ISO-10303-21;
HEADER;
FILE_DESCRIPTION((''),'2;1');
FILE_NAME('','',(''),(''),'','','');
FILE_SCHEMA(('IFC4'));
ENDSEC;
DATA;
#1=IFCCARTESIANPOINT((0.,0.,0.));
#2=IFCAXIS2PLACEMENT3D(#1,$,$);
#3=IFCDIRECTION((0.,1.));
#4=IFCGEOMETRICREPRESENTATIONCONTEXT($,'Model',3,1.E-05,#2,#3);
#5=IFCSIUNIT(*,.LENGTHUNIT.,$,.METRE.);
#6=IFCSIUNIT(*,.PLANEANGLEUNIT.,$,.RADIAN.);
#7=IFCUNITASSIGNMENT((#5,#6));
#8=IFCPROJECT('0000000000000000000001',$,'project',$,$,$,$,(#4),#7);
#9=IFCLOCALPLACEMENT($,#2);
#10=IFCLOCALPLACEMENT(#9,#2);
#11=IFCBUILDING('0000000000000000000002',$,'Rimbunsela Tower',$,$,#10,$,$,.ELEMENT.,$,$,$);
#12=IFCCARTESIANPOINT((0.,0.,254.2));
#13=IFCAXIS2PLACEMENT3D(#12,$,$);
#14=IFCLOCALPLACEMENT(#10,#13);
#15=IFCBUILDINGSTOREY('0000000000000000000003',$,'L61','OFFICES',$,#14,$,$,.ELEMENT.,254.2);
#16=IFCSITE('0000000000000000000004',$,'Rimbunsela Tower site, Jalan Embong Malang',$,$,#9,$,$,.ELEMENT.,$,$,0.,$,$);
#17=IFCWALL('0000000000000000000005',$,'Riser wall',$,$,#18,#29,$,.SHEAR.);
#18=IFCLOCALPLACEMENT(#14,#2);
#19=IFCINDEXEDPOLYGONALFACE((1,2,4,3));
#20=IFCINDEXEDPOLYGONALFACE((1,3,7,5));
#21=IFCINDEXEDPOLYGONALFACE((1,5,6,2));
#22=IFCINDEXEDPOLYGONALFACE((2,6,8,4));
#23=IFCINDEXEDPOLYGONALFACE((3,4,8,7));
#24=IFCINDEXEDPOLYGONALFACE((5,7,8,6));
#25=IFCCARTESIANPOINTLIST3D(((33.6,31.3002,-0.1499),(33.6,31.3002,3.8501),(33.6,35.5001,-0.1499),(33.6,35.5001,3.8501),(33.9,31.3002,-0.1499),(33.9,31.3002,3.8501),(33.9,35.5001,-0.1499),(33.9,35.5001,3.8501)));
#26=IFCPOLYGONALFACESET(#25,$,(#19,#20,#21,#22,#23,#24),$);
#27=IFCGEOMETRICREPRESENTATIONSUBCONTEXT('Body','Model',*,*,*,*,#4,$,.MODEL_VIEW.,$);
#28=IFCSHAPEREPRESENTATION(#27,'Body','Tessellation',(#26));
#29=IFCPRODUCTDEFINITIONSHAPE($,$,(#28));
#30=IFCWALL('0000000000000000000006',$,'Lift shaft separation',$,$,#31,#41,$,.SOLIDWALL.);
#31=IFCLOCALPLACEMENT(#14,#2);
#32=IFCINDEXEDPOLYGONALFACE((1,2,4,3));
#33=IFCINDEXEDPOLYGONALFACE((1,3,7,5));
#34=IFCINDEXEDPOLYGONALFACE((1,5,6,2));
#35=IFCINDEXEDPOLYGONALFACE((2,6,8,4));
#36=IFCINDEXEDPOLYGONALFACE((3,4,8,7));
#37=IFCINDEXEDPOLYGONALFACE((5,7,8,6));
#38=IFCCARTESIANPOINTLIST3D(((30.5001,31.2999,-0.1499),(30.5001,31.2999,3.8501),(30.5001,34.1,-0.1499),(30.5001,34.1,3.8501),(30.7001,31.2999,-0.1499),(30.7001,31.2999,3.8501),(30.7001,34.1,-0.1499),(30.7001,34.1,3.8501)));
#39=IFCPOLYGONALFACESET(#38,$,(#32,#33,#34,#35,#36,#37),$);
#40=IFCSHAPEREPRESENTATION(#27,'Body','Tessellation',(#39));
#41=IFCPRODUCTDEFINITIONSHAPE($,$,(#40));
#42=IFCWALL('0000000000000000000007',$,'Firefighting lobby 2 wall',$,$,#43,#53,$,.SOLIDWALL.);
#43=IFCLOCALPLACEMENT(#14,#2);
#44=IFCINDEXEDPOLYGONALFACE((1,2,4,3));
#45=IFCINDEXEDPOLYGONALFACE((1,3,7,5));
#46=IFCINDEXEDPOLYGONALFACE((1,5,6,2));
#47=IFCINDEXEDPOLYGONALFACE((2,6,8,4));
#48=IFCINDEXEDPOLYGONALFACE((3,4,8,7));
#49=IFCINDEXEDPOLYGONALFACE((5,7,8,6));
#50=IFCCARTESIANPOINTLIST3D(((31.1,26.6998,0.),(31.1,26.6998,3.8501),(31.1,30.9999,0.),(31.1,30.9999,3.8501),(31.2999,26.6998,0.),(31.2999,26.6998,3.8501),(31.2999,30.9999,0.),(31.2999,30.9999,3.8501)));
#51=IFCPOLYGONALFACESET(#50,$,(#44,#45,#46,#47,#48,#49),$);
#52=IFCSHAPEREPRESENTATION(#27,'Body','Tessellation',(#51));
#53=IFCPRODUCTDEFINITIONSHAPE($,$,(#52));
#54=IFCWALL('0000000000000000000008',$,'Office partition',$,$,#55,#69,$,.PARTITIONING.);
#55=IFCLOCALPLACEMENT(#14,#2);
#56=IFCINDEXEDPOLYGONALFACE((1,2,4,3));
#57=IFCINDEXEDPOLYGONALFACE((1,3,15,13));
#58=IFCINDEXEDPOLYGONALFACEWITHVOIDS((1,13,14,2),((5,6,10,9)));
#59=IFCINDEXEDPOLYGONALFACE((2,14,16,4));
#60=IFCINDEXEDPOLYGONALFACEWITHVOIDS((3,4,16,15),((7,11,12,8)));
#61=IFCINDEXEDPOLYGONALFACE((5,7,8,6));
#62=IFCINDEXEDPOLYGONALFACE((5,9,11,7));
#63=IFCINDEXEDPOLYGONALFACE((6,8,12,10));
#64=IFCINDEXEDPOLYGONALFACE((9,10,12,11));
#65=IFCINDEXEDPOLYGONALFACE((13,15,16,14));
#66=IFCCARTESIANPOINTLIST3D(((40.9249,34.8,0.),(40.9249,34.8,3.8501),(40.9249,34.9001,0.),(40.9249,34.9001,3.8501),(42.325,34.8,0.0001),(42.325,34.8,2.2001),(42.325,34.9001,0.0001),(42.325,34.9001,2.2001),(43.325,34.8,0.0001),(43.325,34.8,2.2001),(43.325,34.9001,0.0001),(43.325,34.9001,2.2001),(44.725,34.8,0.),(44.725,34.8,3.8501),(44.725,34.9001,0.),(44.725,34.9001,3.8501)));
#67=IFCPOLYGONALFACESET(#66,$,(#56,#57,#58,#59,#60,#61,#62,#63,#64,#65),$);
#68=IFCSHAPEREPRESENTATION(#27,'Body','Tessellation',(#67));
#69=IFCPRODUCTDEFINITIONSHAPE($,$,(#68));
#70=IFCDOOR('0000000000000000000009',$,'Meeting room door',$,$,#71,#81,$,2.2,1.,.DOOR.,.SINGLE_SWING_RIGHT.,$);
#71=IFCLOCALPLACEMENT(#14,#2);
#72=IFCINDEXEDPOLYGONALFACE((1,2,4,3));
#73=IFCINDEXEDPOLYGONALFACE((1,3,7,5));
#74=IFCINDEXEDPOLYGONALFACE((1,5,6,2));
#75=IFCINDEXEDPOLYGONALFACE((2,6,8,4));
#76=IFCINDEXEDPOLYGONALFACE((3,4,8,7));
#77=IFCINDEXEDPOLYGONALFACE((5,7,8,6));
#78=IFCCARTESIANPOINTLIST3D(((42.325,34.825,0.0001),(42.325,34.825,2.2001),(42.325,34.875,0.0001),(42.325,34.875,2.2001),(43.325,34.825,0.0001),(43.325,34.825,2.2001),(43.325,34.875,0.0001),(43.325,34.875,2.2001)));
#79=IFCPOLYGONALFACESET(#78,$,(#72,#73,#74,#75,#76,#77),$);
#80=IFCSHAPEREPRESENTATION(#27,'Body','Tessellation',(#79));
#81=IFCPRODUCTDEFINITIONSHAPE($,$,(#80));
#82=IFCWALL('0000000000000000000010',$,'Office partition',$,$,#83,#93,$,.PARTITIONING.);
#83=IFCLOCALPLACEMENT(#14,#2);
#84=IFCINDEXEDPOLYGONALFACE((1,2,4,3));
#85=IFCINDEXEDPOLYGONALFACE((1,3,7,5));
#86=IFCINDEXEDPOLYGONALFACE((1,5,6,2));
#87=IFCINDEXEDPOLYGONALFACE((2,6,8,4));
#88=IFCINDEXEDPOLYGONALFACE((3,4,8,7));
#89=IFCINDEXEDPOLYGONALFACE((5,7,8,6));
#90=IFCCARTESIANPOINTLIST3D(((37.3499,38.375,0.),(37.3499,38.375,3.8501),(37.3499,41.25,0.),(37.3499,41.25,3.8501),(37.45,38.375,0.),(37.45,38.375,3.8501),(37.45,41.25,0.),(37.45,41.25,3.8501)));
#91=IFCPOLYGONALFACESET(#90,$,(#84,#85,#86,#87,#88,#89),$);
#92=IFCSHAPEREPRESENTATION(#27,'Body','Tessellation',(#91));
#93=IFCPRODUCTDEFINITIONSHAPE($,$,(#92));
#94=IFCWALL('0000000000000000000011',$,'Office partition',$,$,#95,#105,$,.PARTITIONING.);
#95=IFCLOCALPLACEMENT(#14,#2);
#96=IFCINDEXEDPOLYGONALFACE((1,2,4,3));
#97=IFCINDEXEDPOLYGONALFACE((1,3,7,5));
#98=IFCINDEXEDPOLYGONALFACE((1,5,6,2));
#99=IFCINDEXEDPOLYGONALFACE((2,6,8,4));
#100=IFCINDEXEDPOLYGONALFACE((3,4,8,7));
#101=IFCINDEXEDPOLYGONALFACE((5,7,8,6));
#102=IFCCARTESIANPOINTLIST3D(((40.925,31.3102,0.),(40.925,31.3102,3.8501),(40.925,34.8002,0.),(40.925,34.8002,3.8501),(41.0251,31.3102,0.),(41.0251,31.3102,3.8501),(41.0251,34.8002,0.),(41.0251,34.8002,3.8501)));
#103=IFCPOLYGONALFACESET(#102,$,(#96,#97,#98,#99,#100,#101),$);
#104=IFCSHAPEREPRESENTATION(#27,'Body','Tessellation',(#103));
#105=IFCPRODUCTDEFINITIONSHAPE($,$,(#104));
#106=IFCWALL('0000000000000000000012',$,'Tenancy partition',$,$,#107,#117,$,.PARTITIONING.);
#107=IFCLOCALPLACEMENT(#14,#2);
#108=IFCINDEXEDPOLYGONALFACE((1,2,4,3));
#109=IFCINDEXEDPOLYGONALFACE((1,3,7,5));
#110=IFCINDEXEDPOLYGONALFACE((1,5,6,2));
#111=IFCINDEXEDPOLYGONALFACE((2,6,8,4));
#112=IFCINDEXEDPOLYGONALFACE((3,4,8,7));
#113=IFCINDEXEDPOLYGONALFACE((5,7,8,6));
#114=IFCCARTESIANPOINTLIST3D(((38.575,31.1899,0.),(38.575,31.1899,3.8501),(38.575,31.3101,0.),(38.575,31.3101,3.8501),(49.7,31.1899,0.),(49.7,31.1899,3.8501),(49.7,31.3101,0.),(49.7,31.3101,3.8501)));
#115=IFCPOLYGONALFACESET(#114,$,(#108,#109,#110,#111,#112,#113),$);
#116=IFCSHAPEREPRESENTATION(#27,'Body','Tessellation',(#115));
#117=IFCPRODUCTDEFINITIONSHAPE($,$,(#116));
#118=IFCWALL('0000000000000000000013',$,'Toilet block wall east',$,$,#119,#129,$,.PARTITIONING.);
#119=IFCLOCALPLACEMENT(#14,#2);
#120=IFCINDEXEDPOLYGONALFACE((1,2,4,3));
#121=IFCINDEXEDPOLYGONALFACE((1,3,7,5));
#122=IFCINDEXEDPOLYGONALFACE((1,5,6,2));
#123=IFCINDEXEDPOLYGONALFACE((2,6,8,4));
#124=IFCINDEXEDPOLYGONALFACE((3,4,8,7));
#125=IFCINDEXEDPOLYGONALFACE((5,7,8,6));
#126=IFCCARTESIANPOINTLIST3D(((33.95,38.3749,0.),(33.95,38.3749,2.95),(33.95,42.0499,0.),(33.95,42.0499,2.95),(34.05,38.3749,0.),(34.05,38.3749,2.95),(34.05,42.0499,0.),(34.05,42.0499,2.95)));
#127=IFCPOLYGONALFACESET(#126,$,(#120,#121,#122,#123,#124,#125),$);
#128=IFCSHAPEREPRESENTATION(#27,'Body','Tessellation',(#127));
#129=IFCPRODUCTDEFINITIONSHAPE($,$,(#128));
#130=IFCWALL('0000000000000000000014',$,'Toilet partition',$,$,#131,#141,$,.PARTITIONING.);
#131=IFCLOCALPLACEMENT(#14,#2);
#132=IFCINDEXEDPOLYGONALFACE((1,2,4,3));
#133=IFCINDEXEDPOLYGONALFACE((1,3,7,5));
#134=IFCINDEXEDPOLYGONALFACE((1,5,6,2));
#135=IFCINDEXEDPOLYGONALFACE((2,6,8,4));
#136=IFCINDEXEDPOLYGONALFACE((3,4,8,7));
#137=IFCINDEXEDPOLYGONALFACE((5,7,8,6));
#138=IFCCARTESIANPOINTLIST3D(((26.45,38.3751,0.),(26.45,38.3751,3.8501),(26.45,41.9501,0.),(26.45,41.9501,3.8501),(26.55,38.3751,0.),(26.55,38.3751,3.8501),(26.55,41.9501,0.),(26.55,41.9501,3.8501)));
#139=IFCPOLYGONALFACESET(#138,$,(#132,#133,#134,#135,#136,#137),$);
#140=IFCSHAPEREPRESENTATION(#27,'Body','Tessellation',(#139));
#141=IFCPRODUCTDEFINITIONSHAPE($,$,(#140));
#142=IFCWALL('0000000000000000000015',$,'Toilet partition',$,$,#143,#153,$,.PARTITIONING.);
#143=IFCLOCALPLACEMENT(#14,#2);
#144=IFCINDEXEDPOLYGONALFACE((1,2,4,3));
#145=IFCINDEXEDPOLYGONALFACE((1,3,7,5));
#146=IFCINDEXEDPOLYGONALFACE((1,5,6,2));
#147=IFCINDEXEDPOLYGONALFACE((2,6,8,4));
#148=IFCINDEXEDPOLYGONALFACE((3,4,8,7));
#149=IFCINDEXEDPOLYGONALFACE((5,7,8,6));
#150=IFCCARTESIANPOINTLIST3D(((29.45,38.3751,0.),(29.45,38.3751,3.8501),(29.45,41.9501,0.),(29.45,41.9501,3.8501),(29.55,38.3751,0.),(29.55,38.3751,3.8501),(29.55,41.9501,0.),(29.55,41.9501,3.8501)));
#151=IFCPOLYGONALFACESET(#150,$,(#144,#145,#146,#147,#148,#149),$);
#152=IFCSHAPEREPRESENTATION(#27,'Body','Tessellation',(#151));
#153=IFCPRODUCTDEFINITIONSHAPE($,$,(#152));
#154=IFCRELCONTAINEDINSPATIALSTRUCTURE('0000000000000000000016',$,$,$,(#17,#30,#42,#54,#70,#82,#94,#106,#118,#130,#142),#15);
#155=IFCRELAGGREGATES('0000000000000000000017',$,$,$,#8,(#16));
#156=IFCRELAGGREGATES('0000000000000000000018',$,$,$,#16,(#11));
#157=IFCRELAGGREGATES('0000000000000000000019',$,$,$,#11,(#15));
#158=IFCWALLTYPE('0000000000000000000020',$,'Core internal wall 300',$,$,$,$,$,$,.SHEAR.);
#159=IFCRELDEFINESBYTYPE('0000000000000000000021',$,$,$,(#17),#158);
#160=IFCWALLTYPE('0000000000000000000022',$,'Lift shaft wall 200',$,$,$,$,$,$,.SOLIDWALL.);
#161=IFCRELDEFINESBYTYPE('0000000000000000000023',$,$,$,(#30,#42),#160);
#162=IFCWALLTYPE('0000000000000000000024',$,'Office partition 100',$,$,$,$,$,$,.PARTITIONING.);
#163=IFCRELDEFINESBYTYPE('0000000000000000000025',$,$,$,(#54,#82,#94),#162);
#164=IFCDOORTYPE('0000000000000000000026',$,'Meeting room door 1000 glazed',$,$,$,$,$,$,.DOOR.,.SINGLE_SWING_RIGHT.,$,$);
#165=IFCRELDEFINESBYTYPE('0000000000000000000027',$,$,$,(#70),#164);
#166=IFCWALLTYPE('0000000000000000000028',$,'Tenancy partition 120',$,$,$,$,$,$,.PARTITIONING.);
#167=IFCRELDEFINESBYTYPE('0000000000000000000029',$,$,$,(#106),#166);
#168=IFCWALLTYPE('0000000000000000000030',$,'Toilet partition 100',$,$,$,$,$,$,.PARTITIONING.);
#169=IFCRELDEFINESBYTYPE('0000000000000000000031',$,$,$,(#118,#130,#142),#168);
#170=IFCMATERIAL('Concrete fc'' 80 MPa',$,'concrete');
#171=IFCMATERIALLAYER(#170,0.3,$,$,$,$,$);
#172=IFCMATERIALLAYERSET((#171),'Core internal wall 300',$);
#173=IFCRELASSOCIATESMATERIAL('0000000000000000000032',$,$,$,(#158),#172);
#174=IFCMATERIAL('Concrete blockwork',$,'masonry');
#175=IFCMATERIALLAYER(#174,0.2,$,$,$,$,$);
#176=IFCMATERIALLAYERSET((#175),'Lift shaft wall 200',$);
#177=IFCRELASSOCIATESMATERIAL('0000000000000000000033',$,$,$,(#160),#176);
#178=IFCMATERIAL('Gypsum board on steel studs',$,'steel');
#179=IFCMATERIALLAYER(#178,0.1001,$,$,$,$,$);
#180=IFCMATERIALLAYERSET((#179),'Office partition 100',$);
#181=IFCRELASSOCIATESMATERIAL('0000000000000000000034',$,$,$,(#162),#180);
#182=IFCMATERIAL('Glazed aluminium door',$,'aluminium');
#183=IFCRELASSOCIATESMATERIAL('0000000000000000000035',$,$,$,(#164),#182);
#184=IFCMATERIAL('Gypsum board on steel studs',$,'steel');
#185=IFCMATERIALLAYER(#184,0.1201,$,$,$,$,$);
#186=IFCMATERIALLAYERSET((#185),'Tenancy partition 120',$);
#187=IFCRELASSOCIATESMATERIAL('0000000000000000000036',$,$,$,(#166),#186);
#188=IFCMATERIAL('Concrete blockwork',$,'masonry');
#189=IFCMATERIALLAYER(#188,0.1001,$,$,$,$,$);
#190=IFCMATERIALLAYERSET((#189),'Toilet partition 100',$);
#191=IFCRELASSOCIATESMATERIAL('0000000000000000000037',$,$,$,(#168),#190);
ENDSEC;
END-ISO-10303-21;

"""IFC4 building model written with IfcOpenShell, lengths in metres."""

from ifc_helpers import new_model, si_unit, direction, frame, frame_2d, origin, place, context, subcontext, project, spatial, rectangle, extrude, material, layer, layer_set, type_object, element, fill, save


model = new_model("IFC4")

# Units and contexts
model_context = context("Model", 3, precision=1e-05, world=origin(), true_north=direction((0.0, 1.0)))
body_context = subcontext(model_context, "Body", "Model", "MODEL_VIEW")
ifc_project = project(units=[si_unit("LENGTHUNIT", "METRE"), si_unit("PLANEANGLEUNIT", "RADIAN")], contexts=[model_context])

# Site, building, storey
site_placement = place(None, origin())
site = spatial("IfcSite", under=ifc_project, at=site_placement, Name="Rimbunsela Tower site, Jalan Embong Malang", CompositionType="ELEMENT", RefElevation=0.0)
building_placement = place(site_placement, origin())
building = spatial("IfcBuilding", under=site, at=building_placement, Name="Rimbunsela Tower", CompositionType="ELEMENT")
storey_placement = place(building_placement, frame((0.0, 0.0, 254.2)))
storey = spatial("IfcBuildingStorey", under=building, at=storey_placement, Name="L61", Description="OFFICES", CompositionType="ELEMENT", Elevation=254.2)

# Walls
ifc_material_1 = material(Name="Concrete fc' 80 MPa", Category="concrete")
ifc_layer_1 = layer(ifc_material_1, 0.3)
ifc_layer_set_1 = layer_set([ifc_layer_1], Name="Core internal wall 300")
wall_type_1 = type_object("IfcWallType", Name="Core internal wall 300", PredefinedType="SHEAR", material=ifc_layer_set_1)
wall_1_placement = place(storey_placement, frame((33.75, 31.3, -0.1499), z_axis=(0.0, 0.0, 1.0), x_axis=(0.0, 1.0, 0.0)))
element("IfcWall", 1, at=wall_1_placement, inside=storey, type_object=wall_type_1, Name="Riser wall", PredefinedType="SHEAR", context=body_context, shape_type="SweptSolid", body=[
    extrude(rectangle(XDim=4.2, YDim=0.3, at=frame_2d((2.1001, 0.0))), origin(), (0.0, 0.0, 1.0), 4.0),
])
ifc_material_2 = material(Name="Concrete blockwork", Category="masonry")
ifc_layer_2 = layer(ifc_material_2, 0.2)
ifc_layer_set_2 = layer_set([ifc_layer_2], Name="Lift shaft wall 200")
wall_type_2 = type_object("IfcWallType", Name="Lift shaft wall 200", PredefinedType="SOLIDWALL", material=ifc_layer_set_2)
wall_2_placement = place(storey_placement, frame((30.6001, 31.3, -0.1499), z_axis=(0.0, 0.0, 1.0), x_axis=(0.0, 1.0, 0.0)))
element("IfcWall", 2, at=wall_2_placement, inside=storey, type_object=wall_type_2, Name="Lift shaft separation", PredefinedType="SOLIDWALL", context=body_context, shape_type="SweptSolid", body=[
    extrude(rectangle(XDim=2.8, YDim=0.2, at=frame_2d((1.3999, 0.0))), origin(), (0.0, 0.0, 1.0), 4.0),
])
wall_3_placement = place(storey_placement, frame((31.2, 26.7, 0.0), z_axis=(0.0, 0.0, 1.0), x_axis=(0.0, 1.0, 0.0)))
element("IfcWall", 3, at=wall_3_placement, inside=storey, type_object=wall_type_2, Name="Firefighting lobby 2 wall", PredefinedType="SOLIDWALL", context=body_context, shape_type="SweptSolid", body=[
    extrude(rectangle(XDim=4.3, YDim=0.2, at=frame_2d((2.1499, 0.0))), origin(), (0.0, 0.0, 1.0), 3.8501),
])

# Wall, opening, door
ifc_material_3 = material(Name="Gypsum board on steel studs", Category="steel")
ifc_layer_3 = layer(ifc_material_3, 0.1001)
ifc_layer_set_3 = layer_set([ifc_layer_3], Name="Office partition 100")
wall_type_3 = type_object("IfcWallType", Name="Office partition 100", PredefinedType="PARTITIONING", material=ifc_layer_set_3)
wall_4_placement = place(storey_placement, frame((40.925, 34.8501, 0.0), z_axis=(0.0, 0.0, 1.0), x_axis=(1.0, 0.0, 0.0)))
wall_4 = element("IfcWall", 4, at=wall_4_placement, inside=storey, type_object=wall_type_3, Name="Office partition", PredefinedType="PARTITIONING", context=body_context, shape_type="SweptSolid", body=[
    extrude(rectangle(XDim=3.8, YDim=0.1001, at=frame_2d((1.8999, 0.0))), origin(), (0.0, 0.0, 1.0), 3.8501),
])
opening_placement = place(wall_4_placement, frame((1.3999, 0.0, 0.0)))
opening = element("IfcOpeningElement", 5, at=opening_placement, cuts=wall_4, PredefinedType="OPENING", context=body_context, shape_type="SweptSolid", body=[
    extrude(rectangle(XDim=1.0, YDim=2.2, at=frame_2d((0.5, 1.1001))), frame((0.0, 0.0601, 0.0), z_axis=(0.0, -1.0, 0.0), x_axis=(1.0, 0.0, 0.0)), (0.0, 0.0, 1.0), 0.1201),
])
ifc_material_4 = material(Name="Glazed aluminium door", Category="aluminium")
door_type = type_object("IfcDoorType", Name="Meeting room door 1000 glazed", OperationType="SINGLE_SWING_RIGHT", PredefinedType="DOOR", material=ifc_material_4)
door_placement = place(opening_placement, origin())
door = element("IfcDoor", 6, at=door_placement, inside=storey, type_object=door_type, Name="Meeting room door", OperationType="SINGLE_SWING_RIGHT", OverallHeight=2.2, OverallWidth=1.0, PredefinedType="DOOR", context=body_context, shape_type="SweptSolid", body=[
    extrude(rectangle(XDim=1.0, YDim=2.2, at=frame_2d((0.5, 1.1001))), frame((0.0, 0.0249, 0.0), z_axis=(0.0, -1.0, 0.0), x_axis=(1.0, 0.0, 0.0)), (0.0, 0.0, 1.0), 0.05),
])
fill(opening, door)

# Walls
wall_5_placement = place(storey_placement, frame((37.3999, 38.375, 0.0), z_axis=(0.0, 0.0, 1.0), x_axis=(0.0, 1.0, 0.0)))
element("IfcWall", 7, at=wall_5_placement, inside=storey, type_object=wall_type_3, Name="Office partition", PredefinedType="PARTITIONING", context=body_context, shape_type="SweptSolid", body=[
    extrude(rectangle(XDim=2.875, YDim=0.1001, at=frame_2d((1.4375, 0.0))), origin(), (0.0, 0.0, 1.0), 3.8501),
])
wall_6_placement = place(storey_placement, frame((40.9751, 31.3101, 0.0), z_axis=(0.0, 0.0, 1.0), x_axis=(0.0, 1.0, 0.0)))
element("IfcWall", 8, at=wall_6_placement, inside=storey, type_object=wall_type_3, Name="Office partition", PredefinedType="PARTITIONING", context=body_context, shape_type="SweptSolid", body=[
    extrude(rectangle(XDim=3.49, YDim=0.1001, at=frame_2d((1.7451, 0.0))), origin(), (0.0, 0.0, 1.0), 3.8501),
])
ifc_material_5 = material(Name="Gypsum board on steel studs", Category="steel")
ifc_layer_4 = layer(ifc_material_5, 0.1201)
ifc_layer_set_4 = layer_set([ifc_layer_4], Name="Tenancy partition 120")
wall_type_4 = type_object("IfcWallType", Name="Tenancy partition 120", PredefinedType="PARTITIONING", material=ifc_layer_set_4)
wall_7_placement = place(storey_placement, frame((38.575, 31.25, 0.0), z_axis=(0.0, 0.0, 1.0), x_axis=(1.0, 0.0, 0.0)))
element("IfcWall", 9, at=wall_7_placement, inside=storey, type_object=wall_type_4, Name="Tenancy partition", PredefinedType="PARTITIONING", context=body_context, shape_type="SweptSolid", body=[
    extrude(rectangle(XDim=11.125, YDim=0.1201, at=frame_2d((5.5625, 0.0))), origin(), (0.0, 0.0, 1.0), 3.8501),
])
ifc_material_6 = material(Name="Concrete blockwork", Category="masonry")
ifc_layer_5 = layer(ifc_material_6, 0.1001)
ifc_layer_set_5 = layer_set([ifc_layer_5], Name="Toilet partition 100")
wall_type_5 = type_object("IfcWallType", Name="Toilet partition 100", PredefinedType="PARTITIONING", material=ifc_layer_set_5)
wall_8_placement = place(storey_placement, frame((34.0, 38.375, 0.0), z_axis=(0.0, 0.0, 1.0), x_axis=(0.0, 1.0, 0.0)))
element("IfcWall", 10, at=wall_8_placement, inside=storey, type_object=wall_type_5, Name="Toilet block wall east", PredefinedType="PARTITIONING", context=body_context, shape_type="SweptSolid", body=[
    extrude(rectangle(XDim=3.675, YDim=0.1001, at=frame_2d((1.8374, 0.0))), origin(), (0.0, 0.0, 1.0), 2.95),
])
for number, where, z_axis, x_axis, name in (
    (11, (26.5, 38.375, 0.0), (0.0, 0.0, 1.0), (0.0, 1.0, 0.0), "Toilet partition"),
    (12, (29.5, 38.375, 0.0), (0.0, 0.0, 1.0), (0.0, 1.0, 0.0), "Toilet partition"),
):
    element("IfcWall", number, at=place(storey_placement, frame(where, z_axis=z_axis, x_axis=x_axis)), inside=storey, type_object=wall_type_5, Name=name, PredefinedType="PARTITIONING", context=body_context, shape_type="SweptSolid", body=[
        extrude(rectangle(XDim=3.575, YDim=0.1001, at=frame_2d((1.7876, 0.0))), origin(), (0.0, 0.0, 1.0), 3.8501),
    ])

save(model, "model.ifc")
